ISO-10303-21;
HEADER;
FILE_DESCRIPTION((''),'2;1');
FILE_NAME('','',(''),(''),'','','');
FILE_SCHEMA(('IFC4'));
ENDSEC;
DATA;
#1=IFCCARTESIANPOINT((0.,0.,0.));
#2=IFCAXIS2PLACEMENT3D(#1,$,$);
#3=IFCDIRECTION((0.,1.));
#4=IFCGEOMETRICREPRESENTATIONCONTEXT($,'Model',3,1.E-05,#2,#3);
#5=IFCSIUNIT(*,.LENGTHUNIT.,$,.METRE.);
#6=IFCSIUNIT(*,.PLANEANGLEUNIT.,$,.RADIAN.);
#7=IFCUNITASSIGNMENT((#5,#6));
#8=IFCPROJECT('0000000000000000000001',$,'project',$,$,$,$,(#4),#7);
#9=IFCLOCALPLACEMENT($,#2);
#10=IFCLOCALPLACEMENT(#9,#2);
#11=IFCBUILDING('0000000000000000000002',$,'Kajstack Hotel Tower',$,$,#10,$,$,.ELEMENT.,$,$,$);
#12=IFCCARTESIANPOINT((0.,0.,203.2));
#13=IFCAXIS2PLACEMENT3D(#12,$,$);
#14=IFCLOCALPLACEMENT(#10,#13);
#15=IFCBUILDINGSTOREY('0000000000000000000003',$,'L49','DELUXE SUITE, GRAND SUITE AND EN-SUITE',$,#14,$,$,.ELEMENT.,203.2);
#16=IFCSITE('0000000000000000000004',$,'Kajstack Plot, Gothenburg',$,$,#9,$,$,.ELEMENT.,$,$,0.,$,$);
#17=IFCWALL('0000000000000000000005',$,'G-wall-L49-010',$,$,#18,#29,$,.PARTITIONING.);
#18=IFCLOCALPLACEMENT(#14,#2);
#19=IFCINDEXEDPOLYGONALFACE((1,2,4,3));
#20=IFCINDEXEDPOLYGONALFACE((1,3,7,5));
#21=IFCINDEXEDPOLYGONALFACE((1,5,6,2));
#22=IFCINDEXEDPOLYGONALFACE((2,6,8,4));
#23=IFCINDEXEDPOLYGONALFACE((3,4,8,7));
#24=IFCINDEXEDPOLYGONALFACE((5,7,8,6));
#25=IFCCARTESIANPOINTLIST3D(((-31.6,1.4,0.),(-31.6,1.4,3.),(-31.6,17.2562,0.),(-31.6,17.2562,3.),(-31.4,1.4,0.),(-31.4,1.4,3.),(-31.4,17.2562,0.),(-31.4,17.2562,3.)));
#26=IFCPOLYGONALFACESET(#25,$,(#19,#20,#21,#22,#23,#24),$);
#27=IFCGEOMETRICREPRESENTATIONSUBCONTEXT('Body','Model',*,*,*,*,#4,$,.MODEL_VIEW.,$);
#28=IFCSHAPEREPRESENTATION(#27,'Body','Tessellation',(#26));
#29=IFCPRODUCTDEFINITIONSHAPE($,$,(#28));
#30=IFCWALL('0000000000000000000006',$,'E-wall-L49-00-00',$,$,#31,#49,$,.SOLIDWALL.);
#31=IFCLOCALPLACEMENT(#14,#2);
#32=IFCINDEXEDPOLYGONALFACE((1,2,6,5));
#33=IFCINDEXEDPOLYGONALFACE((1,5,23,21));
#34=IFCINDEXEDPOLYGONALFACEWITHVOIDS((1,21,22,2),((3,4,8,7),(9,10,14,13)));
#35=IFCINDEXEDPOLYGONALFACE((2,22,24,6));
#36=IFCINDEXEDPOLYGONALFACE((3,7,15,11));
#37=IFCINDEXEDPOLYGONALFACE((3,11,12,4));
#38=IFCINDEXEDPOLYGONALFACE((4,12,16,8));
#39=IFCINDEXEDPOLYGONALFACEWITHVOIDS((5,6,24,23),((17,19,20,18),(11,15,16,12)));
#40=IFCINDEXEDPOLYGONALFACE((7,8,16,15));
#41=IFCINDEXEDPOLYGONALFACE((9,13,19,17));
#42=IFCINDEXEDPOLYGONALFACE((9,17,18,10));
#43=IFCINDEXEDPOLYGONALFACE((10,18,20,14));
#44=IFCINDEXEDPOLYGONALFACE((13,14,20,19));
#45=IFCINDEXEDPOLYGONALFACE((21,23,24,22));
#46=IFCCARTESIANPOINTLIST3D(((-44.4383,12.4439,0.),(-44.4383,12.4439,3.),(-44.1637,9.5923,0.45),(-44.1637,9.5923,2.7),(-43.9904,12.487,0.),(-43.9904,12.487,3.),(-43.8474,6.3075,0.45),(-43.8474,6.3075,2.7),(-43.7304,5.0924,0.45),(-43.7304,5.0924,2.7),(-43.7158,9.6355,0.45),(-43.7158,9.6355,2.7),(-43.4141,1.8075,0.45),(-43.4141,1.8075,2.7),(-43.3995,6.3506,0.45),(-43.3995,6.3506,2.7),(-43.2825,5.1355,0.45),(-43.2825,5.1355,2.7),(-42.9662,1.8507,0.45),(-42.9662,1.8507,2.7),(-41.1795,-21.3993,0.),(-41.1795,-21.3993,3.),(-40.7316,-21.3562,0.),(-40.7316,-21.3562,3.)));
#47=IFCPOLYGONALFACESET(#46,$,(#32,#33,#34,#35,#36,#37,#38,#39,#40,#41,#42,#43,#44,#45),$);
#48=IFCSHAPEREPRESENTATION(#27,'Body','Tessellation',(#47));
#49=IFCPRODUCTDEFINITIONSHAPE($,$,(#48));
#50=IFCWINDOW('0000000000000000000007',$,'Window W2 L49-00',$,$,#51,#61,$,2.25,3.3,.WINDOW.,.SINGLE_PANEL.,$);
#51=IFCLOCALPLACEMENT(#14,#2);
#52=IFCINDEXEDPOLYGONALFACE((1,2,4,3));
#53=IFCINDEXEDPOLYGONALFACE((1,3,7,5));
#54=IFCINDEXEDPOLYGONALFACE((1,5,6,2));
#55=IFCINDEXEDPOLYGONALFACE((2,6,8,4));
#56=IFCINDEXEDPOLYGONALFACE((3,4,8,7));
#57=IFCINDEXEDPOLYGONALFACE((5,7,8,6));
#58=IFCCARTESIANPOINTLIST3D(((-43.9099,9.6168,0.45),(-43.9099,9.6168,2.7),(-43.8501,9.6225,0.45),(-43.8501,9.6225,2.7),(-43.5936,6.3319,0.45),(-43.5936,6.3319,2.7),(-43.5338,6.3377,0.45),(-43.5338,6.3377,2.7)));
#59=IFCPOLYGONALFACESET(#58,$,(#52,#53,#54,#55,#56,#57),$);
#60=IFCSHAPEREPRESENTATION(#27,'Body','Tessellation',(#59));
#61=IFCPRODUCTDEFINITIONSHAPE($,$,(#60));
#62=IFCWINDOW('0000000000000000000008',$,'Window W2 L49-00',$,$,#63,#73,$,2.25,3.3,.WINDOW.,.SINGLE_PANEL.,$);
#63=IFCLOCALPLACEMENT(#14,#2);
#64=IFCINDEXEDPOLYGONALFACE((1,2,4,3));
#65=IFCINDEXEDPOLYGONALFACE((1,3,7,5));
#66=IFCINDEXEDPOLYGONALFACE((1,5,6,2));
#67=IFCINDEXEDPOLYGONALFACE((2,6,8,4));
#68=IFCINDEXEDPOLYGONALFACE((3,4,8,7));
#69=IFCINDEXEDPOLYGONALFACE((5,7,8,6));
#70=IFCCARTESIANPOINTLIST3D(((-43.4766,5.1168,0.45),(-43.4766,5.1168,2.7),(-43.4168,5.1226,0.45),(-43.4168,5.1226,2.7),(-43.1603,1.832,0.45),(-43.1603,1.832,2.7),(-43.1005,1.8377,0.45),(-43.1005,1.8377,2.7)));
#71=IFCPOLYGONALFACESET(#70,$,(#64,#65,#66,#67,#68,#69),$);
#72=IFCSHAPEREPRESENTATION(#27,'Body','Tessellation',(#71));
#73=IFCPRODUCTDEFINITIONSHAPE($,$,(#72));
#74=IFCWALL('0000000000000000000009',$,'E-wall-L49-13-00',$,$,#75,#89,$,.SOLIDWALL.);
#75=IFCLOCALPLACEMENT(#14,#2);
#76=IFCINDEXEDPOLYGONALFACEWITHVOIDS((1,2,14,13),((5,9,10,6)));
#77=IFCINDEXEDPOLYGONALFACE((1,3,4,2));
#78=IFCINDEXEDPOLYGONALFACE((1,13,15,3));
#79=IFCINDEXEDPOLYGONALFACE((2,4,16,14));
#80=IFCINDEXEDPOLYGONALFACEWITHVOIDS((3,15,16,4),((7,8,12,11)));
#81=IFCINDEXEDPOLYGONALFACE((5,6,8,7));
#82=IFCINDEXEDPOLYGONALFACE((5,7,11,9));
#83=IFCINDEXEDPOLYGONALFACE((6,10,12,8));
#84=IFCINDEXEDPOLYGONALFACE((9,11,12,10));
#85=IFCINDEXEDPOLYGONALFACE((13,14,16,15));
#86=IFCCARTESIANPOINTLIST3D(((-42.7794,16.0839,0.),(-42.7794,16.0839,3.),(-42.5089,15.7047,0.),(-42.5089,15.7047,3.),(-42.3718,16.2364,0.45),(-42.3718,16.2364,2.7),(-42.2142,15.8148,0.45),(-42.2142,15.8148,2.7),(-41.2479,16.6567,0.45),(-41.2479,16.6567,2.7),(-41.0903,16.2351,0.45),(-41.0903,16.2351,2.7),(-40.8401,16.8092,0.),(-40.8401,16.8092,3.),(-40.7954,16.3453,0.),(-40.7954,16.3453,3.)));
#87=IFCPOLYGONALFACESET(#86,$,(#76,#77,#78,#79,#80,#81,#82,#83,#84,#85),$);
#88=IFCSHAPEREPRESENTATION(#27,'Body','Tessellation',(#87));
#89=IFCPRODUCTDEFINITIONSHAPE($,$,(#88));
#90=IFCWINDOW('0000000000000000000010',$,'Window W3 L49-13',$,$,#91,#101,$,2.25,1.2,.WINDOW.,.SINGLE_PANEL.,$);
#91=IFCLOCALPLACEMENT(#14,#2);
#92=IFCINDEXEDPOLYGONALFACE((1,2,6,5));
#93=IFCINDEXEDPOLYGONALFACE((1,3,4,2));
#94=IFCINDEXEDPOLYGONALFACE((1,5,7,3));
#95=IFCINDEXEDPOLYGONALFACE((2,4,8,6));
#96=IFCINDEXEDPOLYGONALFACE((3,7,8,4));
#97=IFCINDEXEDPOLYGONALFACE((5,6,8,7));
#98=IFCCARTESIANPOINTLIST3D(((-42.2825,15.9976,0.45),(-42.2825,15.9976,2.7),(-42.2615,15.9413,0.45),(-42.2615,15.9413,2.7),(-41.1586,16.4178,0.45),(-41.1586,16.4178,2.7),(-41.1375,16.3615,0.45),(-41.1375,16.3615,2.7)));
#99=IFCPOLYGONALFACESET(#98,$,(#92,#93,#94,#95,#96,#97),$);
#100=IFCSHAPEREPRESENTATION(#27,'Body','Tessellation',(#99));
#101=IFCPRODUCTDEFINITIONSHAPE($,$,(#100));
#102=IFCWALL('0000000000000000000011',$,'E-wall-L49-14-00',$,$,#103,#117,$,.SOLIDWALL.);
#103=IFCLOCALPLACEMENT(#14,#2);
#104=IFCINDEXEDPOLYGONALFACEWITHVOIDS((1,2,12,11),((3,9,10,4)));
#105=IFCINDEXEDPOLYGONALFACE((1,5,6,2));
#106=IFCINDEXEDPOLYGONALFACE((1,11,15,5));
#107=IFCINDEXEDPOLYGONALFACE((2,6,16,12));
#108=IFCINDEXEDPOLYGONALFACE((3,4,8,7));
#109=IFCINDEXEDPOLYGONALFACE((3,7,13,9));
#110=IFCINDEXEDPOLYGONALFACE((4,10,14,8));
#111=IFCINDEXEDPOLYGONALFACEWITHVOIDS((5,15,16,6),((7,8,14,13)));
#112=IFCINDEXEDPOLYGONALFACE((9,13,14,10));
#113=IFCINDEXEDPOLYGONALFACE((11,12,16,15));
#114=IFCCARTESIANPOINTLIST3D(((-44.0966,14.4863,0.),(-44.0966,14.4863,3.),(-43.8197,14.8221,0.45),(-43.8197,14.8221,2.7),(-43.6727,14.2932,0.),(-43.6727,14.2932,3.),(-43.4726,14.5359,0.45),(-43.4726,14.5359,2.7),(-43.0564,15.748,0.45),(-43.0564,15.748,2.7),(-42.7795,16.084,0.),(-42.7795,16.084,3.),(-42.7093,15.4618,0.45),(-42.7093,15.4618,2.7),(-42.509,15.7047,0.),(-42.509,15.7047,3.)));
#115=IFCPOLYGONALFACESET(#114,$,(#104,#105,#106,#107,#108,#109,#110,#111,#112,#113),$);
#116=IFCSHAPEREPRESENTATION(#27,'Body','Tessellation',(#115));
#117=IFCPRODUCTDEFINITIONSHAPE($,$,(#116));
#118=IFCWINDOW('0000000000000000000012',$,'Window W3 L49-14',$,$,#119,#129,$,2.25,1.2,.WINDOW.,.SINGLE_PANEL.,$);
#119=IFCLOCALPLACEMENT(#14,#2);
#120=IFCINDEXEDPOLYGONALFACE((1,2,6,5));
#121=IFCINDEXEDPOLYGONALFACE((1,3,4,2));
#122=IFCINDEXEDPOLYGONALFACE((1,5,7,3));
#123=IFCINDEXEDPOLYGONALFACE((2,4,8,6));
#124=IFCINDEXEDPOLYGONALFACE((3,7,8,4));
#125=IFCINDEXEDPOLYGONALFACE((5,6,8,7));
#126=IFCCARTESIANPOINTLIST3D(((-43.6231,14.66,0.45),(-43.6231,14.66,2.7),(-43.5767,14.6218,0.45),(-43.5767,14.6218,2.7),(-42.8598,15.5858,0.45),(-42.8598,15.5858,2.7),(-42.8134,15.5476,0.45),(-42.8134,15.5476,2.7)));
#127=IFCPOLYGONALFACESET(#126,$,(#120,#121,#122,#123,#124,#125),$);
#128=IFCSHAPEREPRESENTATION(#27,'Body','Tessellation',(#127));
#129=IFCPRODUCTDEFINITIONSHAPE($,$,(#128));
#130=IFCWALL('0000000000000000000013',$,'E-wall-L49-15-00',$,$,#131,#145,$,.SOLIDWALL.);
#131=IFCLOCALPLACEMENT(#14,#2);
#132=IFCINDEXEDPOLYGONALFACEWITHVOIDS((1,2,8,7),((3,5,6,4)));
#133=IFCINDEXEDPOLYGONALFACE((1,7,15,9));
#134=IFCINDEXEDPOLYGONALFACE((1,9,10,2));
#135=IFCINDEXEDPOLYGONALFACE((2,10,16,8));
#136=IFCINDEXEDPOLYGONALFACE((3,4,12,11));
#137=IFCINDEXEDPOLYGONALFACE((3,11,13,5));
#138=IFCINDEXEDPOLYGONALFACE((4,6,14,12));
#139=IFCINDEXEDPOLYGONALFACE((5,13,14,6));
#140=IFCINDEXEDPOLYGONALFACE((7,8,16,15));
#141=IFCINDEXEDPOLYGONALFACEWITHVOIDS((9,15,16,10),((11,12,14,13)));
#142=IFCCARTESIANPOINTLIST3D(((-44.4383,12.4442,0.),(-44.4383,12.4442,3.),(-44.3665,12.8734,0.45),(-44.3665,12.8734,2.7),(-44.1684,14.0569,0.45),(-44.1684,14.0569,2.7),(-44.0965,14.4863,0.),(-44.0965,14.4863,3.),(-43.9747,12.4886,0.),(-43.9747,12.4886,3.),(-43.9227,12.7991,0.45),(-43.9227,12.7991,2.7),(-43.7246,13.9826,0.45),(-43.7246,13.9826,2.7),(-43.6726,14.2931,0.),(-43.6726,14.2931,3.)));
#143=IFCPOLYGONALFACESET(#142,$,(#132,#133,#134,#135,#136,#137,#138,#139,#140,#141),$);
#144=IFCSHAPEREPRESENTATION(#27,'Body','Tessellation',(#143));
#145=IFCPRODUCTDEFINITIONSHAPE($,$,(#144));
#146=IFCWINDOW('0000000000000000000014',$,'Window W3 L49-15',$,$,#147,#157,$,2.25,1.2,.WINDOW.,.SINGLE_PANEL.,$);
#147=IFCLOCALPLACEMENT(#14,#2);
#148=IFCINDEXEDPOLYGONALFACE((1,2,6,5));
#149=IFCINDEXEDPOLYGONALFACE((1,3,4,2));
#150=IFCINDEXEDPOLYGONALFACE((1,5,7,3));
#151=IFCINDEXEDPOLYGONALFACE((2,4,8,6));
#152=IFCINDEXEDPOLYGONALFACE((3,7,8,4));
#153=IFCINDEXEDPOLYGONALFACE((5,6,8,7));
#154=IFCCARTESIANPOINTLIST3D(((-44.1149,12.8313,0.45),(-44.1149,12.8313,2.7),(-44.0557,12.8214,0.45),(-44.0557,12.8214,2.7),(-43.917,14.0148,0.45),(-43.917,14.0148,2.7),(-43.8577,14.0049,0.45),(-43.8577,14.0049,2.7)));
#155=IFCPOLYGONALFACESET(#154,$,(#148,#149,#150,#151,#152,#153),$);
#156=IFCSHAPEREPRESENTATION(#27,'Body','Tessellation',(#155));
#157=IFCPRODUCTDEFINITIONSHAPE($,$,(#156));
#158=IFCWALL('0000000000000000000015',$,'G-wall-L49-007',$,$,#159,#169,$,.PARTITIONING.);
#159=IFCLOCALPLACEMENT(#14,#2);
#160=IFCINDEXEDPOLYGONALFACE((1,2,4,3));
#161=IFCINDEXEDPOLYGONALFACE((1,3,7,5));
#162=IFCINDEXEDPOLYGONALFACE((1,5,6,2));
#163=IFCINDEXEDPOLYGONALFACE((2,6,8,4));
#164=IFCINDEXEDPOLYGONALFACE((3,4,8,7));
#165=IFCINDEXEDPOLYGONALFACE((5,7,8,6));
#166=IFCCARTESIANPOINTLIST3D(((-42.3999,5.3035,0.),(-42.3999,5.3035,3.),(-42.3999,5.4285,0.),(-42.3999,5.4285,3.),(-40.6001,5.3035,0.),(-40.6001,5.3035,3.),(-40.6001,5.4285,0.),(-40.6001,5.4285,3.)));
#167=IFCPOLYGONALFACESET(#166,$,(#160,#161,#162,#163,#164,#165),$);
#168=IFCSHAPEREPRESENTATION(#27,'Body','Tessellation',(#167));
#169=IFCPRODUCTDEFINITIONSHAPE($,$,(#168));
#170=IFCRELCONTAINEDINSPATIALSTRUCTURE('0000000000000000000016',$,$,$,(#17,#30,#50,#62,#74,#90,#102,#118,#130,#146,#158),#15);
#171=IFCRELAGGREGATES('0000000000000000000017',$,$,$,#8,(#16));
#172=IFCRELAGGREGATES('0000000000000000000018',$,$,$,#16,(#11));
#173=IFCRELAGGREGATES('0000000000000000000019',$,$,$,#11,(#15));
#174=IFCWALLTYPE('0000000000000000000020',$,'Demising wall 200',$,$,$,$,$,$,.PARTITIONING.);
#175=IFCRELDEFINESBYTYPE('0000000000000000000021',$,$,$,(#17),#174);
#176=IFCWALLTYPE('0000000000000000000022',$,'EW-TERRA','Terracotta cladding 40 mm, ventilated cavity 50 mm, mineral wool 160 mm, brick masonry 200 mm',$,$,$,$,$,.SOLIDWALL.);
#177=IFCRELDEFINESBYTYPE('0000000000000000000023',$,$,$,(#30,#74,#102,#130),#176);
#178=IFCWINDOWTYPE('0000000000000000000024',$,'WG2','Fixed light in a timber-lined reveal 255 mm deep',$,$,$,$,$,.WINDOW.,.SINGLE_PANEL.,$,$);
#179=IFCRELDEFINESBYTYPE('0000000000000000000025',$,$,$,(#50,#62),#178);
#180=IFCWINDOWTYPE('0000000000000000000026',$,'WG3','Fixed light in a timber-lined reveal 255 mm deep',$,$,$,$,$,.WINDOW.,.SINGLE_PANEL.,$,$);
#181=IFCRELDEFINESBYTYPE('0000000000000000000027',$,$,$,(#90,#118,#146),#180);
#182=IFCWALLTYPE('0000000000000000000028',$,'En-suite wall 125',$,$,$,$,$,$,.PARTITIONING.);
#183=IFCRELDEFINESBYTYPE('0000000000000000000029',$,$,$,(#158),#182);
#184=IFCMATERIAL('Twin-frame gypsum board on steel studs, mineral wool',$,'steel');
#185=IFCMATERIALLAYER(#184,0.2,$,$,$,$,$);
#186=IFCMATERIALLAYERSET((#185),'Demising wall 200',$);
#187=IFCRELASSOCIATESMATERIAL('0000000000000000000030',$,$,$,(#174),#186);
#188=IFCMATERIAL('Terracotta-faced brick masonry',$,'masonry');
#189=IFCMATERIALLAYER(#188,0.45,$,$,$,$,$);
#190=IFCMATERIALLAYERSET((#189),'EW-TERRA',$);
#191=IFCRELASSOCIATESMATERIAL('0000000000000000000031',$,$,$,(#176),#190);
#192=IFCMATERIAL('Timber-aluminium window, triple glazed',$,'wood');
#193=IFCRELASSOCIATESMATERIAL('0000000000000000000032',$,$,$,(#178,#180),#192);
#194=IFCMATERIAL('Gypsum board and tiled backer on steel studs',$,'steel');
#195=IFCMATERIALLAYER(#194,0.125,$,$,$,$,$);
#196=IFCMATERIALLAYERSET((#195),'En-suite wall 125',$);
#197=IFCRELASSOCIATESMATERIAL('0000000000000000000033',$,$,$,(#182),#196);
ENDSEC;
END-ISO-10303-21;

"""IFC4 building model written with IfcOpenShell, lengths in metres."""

from ifc_helpers import new_model, si_unit, direction, frame, frame_2d, origin, place, context, subcontext, project, spatial, polyline, rectangle, outline, extrude, material, layer, layer_set, type_object, element, fill, save


model = new_model("IFC4")

# Units and contexts
model_context = context("Model", 3, precision=1e-05, world=origin(), true_north=direction((0.0, 1.0)))
body_context = subcontext(model_context, "Body", "Model", "MODEL_VIEW")
ifc_project = project(units=[si_unit("LENGTHUNIT", "METRE"), si_unit("PLANEANGLEUNIT", "RADIAN")], contexts=[model_context])

# Site, building, storey
site_placement = place(None, origin())
site = spatial("IfcSite", under=ifc_project, at=site_placement, Name="Kajstack Plot, Gothenburg", CompositionType="ELEMENT", RefElevation=0.0)
building_placement = place(site_placement, origin())
building = spatial("IfcBuilding", under=site, at=building_placement, Name="Kajstack Hotel Tower", CompositionType="ELEMENT")
storey_placement = place(building_placement, frame((0.0, 0.0, 203.2)))
storey = spatial("IfcBuildingStorey", under=building, at=storey_placement, Name="L49", Description="DELUXE SUITE, GRAND SUITE AND EN-SUITE", CompositionType="ELEMENT", Elevation=203.2)

# Wall
ifc_material_1 = material(Name="Twin-frame gypsum board on steel studs, mineral wool", Category="steel")
ifc_layer_1 = layer(ifc_material_1, 0.2)
ifc_layer_set_1 = layer_set([ifc_layer_1], Name="Demising wall 200")
wall_type_1 = type_object("IfcWallType", Name="Demising wall 200", PredefinedType="PARTITIONING", material=ifc_layer_set_1)
wall_1_placement = place(storey_placement, frame((-31.5, 1.3999, 0.0), z_axis=(0.0, 0.0, 1.0), x_axis=(0.0, 1.0, 0.0)))
element("IfcWall", 1, at=wall_1_placement, inside=storey, type_object=wall_type_1, Name="G-wall-L49-010", PredefinedType="PARTITIONING", context=body_context, shape_type="SweptSolid", body=[
    extrude(rectangle(XDim=15.8562, YDim=0.2, at=frame_2d((7.9282, 0.0))), origin(), (0.0, 0.0, 1.0), 3.0),
])

# Wall, openings, windows
ifc_material_2 = material(Name="Terracotta-faced brick masonry", Category="masonry")
ifc_layer_2 = layer(ifc_material_2, 0.45)
ifc_layer_set_2 = layer_set([ifc_layer_2], Name="EW-TERRA")
wall_type_2 = type_object("IfcWallType", Name="EW-TERRA", Description="Terracotta cladding 40 mm, ventilated cavity 50 mm, mineral wool 160 mm, brick masonry 200 mm", PredefinedType="SOLIDWALL", material=ifc_layer_set_2)
wall_2_placement = place(storey_placement, frame((-44.2144, 12.4656, 0.0), z_axis=(0.0, 0.0, 1.0), x_axis=(0.095847, -0.995396, 0.0)))
wall_2 = element("IfcWall", 2, at=wall_2_placement, inside=storey, type_object=wall_type_2, Name="E-wall-L49-00-00", PredefinedType="SOLIDWALL", context=body_context, shape_type="SweptSolid", body=[
    extrude(rectangle(XDim=33.9998, YDim=0.45, at=frame_2d((17.0, 0.0))), origin(), (0.0, 0.0, 1.0), 3.0),
])
opening_1_placement = place(wall_2_placement, frame((2.865, 0.0, 0.45)))
opening_1 = element("IfcOpeningElement", 3, at=opening_1_placement, cuts=wall_2, PredefinedType="OPENING", context=body_context, shape_type="SweptSolid", body=[
    extrude(rectangle(XDim=3.3, YDim=2.25, at=frame_2d((1.6499, 1.125))), frame((0.0, 0.2349, 0.0), z_axis=(0.0, -1.0, 0.0), x_axis=(1.0, 0.0, 0.0)), (0.0, 0.0, 1.0), 0.47),
])
opening_2_placement = place(wall_2_placement, frame((7.3857, 0.0, 0.45)))
opening_2 = element("IfcOpeningElement", 4, at=opening_2_placement, cuts=wall_2, PredefinedType="OPENING", context=body_context, shape_type="SweptSolid", body=[
    extrude(rectangle(XDim=3.3, YDim=2.25, at=frame_2d((1.6499, 1.125))), frame((0.0, 0.2349, 0.0), z_axis=(0.0, -1.0, 0.0), x_axis=(1.0, 0.0, 0.0)), (0.0, 0.0, 1.0), 0.47),
])
ifc_material_3 = material(Name="Timber-aluminium window, triple glazed", Category="wood")
window_type_1 = type_object("IfcWindowType", Name="WG2", Description="Fixed light in a timber-lined reveal 255 mm deep", PartitioningType="SINGLE_PANEL", PredefinedType="WINDOW", material=ifc_material_3)
window_1_placement = place(opening_1_placement, origin())
window_1 = element("IfcWindow", 5, at=window_1_placement, inside=storey, type_object=window_type_1, Name="Window W2 L49-00", OverallHeight=2.25, OverallWidth=3.3, PartitioningType="SINGLE_PANEL", PredefinedType="WINDOW", context=body_context, shape_type="SweptSolid", body=[
    extrude(rectangle(XDim=3.3, YDim=2.25, at=frame_2d((1.6499, 1.125))), frame((0.0, 0.0901, 0.0), z_axis=(0.0, -1.0, 0.0), x_axis=(1.0, 0.0, 0.0)), (0.0, 0.0, 1.0), 0.0601),
])
fill(opening_1, window_1)
window_2_placement = place(opening_2_placement, origin())
window_2 = element("IfcWindow", 6, at=window_2_placement, inside=storey, type_object=window_type_1, Name="Window W2 L49-00", OverallHeight=2.25, OverallWidth=3.3, PartitioningType="SINGLE_PANEL", PredefinedType="WINDOW", context=body_context, shape_type="SweptSolid", body=[
    extrude(rectangle(XDim=3.3, YDim=2.25, at=frame_2d((1.6499, 1.125))), frame((0.0, 0.0901, 0.0), z_axis=(0.0, -1.0, 0.0), x_axis=(1.0, 0.0, 0.0)), (0.0, 0.0, 1.0), 0.0601),
])
fill(opening_2, window_2)

# Walls, openings, windows
wall_3_placement = place(storey_placement, frame((-40.7612, 16.5984, 0.0), z_axis=(0.0, 0.0, 1.0), x_axis=(-0.936678, -0.350193, 0.0)))
wall_3 = element("IfcWall", 7, at=wall_3_placement, inside=storey, type_object=wall_type_2, Name="E-wall-L49-13-00", PredefinedType="SOLIDWALL", context=body_context, shape_type="SweptSolid", body=[
    extrude(outline(polyline([(0.0, -0.2251), (2.0706, -0.2249), (1.95, 0.2251), (0.1206, 0.2251), (0.0, -0.2251)])), origin(), (0.0, 0.0, 1.0), 3.0),
])
opening_3_placement = place(wall_3_placement, frame((0.4353, 0.0, 0.45)))
opening_3 = element("IfcOpeningElement", 8, at=opening_3_placement, cuts=wall_3, PredefinedType="OPENING", context=body_context, shape_type="SweptSolid", body=[
    extrude(rectangle(XDim=1.2, YDim=2.25, at=frame_2d((0.6001, 1.125))), frame((0.0, 0.2349, 0.0), z_axis=(0.0, -1.0, 0.0), x_axis=(1.0, 0.0, 0.0)), (0.0, 0.0, 1.0), 0.47),
])
window_type_2 = type_object("IfcWindowType", Name="WG3", Description="Fixed light in a timber-lined reveal 255 mm deep", PartitioningType="SINGLE_PANEL", PredefinedType="WINDOW", material=ifc_material_3)
window_3_placement = place(opening_3_placement, origin())
window_3 = element("IfcWindow", 9, at=window_3_placement, inside=storey, type_object=window_type_2, Name="Window W3 L49-13", OverallHeight=2.25, OverallWidth=1.2, PartitioningType="SINGLE_PANEL", PredefinedType="WINDOW", context=body_context, shape_type="SweptSolid", body=[
    extrude(rectangle(XDim=1.2, YDim=2.25, at=frame_2d((0.6001, 1.125))), frame((0.0, 0.0901, 0.0), z_axis=(0.0, -1.0, 0.0), x_axis=(1.0, 0.0, 0.0)), (0.0, 0.0, 1.0), 0.0601),
])
fill(opening_3, window_3)
wall_4_placement = place(storey_placement, frame((-42.606, 15.9409, 0.0), z_axis=(0.0, 0.0, 1.0), x_axis=(-0.636116, -0.771593, 0.0)))
wall_4 = element("IfcWall", 10, at=wall_4_placement, inside=storey, type_object=wall_type_2, Name="E-wall-L49-14-00", PredefinedType="SOLIDWALL", context=body_context, shape_type="SweptSolid", body=[
    extrude(outline(polyline([(0.0, -0.2249), (2.0706, -0.2249), (1.95, 0.2251), (0.1206, 0.2251), (0.0, -0.2249)])), origin(), (0.0, 0.0, 1.0), 3.0),
])
opening_4_placement = place(wall_4_placement, frame((0.4353, 0.0, 0.45)))
opening_4 = element("IfcOpeningElement", 11, at=opening_4_placement, cuts=wall_4, PredefinedType="OPENING", context=body_context, shape_type="SweptSolid", body=[
    extrude(rectangle(XDim=1.2, YDim=2.25, at=frame_2d((0.6001, 1.125))), frame((0.0, 0.2349, 0.0), z_axis=(0.0, -1.0, 0.0), x_axis=(1.0, 0.0, 0.0)), (0.0, 0.0, 1.0), 0.47),
])
window_4_placement = place(opening_4_placement, origin())
window_4 = element("IfcWindow", 12, at=window_4_placement, inside=storey, type_object=window_type_2, Name="Window W3 L49-14", OverallHeight=2.25, OverallWidth=1.2, PartitioningType="SINGLE_PANEL", PredefinedType="WINDOW", context=body_context, shape_type="SweptSolid", body=[
    extrude(rectangle(XDim=1.2, YDim=2.25, at=frame_2d((0.6001, 1.125))), frame((0.0, 0.0901, 0.0), z_axis=(0.0, -1.0, 0.0), x_axis=(1.0, 0.0, 0.0)), (0.0, 0.0, 1.0), 0.0601),
])
fill(opening_4, window_4)
wall_5_placement = place(storey_placement, frame((-43.8748, 14.4492, 0.0), z_axis=(0.0, 0.0, 1.0), x_axis=(-0.164953, -0.986301, 0.0)))
wall_5 = element("IfcWall", 13, at=wall_5_placement, inside=storey, type_object=wall_type_2, Name="E-wall-L49-15-00", PredefinedType="SOLIDWALL", context=body_context, shape_type="SweptSolid", body=[
    extrude(outline(polyline([(0.0, -0.2249), (2.0706, -0.2251), (1.9502, 0.2249), (0.1206, 0.2251), (0.0, -0.2249)])), origin(), (0.0, 0.0, 1.0), 3.0),
])
opening_5_placement = place(wall_5_placement, frame((0.4353, 0.0, 0.45)))
opening_5 = element("IfcOpeningElement", 14, at=opening_5_placement, cuts=wall_5, PredefinedType="OPENING", context=body_context, shape_type="SweptSolid", body=[
    extrude(rectangle(XDim=1.2, YDim=2.25, at=frame_2d((0.6001, 1.125))), frame((0.0, 0.2349, 0.0), z_axis=(0.0, -1.0, 0.0), x_axis=(1.0, 0.0, 0.0)), (0.0, 0.0, 1.0), 0.47),
])
window_5_placement = place(opening_5_placement, origin())
window_5 = element("IfcWindow", 15, at=window_5_placement, inside=storey, type_object=window_type_2, Name="Window W3 L49-15", OverallHeight=2.25, OverallWidth=1.2, PartitioningType="SINGLE_PANEL", PredefinedType="WINDOW", context=body_context, shape_type="SweptSolid", body=[
    extrude(rectangle(XDim=1.2, YDim=2.25, at=frame_2d((0.6001, 1.125))), frame((0.0, 0.0901, 0.0), z_axis=(0.0, -1.0, 0.0), x_axis=(1.0, 0.0, 0.0)), (0.0, 0.0, 1.0), 0.0601),
])
fill(opening_5, window_5)

# Wall
ifc_material_4 = material(Name="Gypsum board and tiled backer on steel studs", Category="steel")
ifc_layer_3 = layer(ifc_material_4, 0.125)
ifc_layer_set_3 = layer_set([ifc_layer_3], Name="En-suite wall 125")
wall_type_3 = type_object("IfcWallType", Name="En-suite wall 125", PredefinedType="PARTITIONING", material=ifc_layer_set_3)
wall_6_placement = place(storey_placement, frame((-42.3999, 5.366, 0.0), z_axis=(0.0, 0.0, 1.0), x_axis=(1.0, 0.0, 0.0)))
element("IfcWall", 16, at=wall_6_placement, inside=storey, type_object=wall_type_3, Name="G-wall-L49-007", PredefinedType="PARTITIONING", context=body_context, shape_type="SweptSolid", body=[
    extrude(rectangle(XDim=1.7998, YDim=0.125, at=frame_2d((0.8999, 0.0))), origin(), (0.0, 0.0, 1.0), 3.0),
])

save(model, "model.ifc")
